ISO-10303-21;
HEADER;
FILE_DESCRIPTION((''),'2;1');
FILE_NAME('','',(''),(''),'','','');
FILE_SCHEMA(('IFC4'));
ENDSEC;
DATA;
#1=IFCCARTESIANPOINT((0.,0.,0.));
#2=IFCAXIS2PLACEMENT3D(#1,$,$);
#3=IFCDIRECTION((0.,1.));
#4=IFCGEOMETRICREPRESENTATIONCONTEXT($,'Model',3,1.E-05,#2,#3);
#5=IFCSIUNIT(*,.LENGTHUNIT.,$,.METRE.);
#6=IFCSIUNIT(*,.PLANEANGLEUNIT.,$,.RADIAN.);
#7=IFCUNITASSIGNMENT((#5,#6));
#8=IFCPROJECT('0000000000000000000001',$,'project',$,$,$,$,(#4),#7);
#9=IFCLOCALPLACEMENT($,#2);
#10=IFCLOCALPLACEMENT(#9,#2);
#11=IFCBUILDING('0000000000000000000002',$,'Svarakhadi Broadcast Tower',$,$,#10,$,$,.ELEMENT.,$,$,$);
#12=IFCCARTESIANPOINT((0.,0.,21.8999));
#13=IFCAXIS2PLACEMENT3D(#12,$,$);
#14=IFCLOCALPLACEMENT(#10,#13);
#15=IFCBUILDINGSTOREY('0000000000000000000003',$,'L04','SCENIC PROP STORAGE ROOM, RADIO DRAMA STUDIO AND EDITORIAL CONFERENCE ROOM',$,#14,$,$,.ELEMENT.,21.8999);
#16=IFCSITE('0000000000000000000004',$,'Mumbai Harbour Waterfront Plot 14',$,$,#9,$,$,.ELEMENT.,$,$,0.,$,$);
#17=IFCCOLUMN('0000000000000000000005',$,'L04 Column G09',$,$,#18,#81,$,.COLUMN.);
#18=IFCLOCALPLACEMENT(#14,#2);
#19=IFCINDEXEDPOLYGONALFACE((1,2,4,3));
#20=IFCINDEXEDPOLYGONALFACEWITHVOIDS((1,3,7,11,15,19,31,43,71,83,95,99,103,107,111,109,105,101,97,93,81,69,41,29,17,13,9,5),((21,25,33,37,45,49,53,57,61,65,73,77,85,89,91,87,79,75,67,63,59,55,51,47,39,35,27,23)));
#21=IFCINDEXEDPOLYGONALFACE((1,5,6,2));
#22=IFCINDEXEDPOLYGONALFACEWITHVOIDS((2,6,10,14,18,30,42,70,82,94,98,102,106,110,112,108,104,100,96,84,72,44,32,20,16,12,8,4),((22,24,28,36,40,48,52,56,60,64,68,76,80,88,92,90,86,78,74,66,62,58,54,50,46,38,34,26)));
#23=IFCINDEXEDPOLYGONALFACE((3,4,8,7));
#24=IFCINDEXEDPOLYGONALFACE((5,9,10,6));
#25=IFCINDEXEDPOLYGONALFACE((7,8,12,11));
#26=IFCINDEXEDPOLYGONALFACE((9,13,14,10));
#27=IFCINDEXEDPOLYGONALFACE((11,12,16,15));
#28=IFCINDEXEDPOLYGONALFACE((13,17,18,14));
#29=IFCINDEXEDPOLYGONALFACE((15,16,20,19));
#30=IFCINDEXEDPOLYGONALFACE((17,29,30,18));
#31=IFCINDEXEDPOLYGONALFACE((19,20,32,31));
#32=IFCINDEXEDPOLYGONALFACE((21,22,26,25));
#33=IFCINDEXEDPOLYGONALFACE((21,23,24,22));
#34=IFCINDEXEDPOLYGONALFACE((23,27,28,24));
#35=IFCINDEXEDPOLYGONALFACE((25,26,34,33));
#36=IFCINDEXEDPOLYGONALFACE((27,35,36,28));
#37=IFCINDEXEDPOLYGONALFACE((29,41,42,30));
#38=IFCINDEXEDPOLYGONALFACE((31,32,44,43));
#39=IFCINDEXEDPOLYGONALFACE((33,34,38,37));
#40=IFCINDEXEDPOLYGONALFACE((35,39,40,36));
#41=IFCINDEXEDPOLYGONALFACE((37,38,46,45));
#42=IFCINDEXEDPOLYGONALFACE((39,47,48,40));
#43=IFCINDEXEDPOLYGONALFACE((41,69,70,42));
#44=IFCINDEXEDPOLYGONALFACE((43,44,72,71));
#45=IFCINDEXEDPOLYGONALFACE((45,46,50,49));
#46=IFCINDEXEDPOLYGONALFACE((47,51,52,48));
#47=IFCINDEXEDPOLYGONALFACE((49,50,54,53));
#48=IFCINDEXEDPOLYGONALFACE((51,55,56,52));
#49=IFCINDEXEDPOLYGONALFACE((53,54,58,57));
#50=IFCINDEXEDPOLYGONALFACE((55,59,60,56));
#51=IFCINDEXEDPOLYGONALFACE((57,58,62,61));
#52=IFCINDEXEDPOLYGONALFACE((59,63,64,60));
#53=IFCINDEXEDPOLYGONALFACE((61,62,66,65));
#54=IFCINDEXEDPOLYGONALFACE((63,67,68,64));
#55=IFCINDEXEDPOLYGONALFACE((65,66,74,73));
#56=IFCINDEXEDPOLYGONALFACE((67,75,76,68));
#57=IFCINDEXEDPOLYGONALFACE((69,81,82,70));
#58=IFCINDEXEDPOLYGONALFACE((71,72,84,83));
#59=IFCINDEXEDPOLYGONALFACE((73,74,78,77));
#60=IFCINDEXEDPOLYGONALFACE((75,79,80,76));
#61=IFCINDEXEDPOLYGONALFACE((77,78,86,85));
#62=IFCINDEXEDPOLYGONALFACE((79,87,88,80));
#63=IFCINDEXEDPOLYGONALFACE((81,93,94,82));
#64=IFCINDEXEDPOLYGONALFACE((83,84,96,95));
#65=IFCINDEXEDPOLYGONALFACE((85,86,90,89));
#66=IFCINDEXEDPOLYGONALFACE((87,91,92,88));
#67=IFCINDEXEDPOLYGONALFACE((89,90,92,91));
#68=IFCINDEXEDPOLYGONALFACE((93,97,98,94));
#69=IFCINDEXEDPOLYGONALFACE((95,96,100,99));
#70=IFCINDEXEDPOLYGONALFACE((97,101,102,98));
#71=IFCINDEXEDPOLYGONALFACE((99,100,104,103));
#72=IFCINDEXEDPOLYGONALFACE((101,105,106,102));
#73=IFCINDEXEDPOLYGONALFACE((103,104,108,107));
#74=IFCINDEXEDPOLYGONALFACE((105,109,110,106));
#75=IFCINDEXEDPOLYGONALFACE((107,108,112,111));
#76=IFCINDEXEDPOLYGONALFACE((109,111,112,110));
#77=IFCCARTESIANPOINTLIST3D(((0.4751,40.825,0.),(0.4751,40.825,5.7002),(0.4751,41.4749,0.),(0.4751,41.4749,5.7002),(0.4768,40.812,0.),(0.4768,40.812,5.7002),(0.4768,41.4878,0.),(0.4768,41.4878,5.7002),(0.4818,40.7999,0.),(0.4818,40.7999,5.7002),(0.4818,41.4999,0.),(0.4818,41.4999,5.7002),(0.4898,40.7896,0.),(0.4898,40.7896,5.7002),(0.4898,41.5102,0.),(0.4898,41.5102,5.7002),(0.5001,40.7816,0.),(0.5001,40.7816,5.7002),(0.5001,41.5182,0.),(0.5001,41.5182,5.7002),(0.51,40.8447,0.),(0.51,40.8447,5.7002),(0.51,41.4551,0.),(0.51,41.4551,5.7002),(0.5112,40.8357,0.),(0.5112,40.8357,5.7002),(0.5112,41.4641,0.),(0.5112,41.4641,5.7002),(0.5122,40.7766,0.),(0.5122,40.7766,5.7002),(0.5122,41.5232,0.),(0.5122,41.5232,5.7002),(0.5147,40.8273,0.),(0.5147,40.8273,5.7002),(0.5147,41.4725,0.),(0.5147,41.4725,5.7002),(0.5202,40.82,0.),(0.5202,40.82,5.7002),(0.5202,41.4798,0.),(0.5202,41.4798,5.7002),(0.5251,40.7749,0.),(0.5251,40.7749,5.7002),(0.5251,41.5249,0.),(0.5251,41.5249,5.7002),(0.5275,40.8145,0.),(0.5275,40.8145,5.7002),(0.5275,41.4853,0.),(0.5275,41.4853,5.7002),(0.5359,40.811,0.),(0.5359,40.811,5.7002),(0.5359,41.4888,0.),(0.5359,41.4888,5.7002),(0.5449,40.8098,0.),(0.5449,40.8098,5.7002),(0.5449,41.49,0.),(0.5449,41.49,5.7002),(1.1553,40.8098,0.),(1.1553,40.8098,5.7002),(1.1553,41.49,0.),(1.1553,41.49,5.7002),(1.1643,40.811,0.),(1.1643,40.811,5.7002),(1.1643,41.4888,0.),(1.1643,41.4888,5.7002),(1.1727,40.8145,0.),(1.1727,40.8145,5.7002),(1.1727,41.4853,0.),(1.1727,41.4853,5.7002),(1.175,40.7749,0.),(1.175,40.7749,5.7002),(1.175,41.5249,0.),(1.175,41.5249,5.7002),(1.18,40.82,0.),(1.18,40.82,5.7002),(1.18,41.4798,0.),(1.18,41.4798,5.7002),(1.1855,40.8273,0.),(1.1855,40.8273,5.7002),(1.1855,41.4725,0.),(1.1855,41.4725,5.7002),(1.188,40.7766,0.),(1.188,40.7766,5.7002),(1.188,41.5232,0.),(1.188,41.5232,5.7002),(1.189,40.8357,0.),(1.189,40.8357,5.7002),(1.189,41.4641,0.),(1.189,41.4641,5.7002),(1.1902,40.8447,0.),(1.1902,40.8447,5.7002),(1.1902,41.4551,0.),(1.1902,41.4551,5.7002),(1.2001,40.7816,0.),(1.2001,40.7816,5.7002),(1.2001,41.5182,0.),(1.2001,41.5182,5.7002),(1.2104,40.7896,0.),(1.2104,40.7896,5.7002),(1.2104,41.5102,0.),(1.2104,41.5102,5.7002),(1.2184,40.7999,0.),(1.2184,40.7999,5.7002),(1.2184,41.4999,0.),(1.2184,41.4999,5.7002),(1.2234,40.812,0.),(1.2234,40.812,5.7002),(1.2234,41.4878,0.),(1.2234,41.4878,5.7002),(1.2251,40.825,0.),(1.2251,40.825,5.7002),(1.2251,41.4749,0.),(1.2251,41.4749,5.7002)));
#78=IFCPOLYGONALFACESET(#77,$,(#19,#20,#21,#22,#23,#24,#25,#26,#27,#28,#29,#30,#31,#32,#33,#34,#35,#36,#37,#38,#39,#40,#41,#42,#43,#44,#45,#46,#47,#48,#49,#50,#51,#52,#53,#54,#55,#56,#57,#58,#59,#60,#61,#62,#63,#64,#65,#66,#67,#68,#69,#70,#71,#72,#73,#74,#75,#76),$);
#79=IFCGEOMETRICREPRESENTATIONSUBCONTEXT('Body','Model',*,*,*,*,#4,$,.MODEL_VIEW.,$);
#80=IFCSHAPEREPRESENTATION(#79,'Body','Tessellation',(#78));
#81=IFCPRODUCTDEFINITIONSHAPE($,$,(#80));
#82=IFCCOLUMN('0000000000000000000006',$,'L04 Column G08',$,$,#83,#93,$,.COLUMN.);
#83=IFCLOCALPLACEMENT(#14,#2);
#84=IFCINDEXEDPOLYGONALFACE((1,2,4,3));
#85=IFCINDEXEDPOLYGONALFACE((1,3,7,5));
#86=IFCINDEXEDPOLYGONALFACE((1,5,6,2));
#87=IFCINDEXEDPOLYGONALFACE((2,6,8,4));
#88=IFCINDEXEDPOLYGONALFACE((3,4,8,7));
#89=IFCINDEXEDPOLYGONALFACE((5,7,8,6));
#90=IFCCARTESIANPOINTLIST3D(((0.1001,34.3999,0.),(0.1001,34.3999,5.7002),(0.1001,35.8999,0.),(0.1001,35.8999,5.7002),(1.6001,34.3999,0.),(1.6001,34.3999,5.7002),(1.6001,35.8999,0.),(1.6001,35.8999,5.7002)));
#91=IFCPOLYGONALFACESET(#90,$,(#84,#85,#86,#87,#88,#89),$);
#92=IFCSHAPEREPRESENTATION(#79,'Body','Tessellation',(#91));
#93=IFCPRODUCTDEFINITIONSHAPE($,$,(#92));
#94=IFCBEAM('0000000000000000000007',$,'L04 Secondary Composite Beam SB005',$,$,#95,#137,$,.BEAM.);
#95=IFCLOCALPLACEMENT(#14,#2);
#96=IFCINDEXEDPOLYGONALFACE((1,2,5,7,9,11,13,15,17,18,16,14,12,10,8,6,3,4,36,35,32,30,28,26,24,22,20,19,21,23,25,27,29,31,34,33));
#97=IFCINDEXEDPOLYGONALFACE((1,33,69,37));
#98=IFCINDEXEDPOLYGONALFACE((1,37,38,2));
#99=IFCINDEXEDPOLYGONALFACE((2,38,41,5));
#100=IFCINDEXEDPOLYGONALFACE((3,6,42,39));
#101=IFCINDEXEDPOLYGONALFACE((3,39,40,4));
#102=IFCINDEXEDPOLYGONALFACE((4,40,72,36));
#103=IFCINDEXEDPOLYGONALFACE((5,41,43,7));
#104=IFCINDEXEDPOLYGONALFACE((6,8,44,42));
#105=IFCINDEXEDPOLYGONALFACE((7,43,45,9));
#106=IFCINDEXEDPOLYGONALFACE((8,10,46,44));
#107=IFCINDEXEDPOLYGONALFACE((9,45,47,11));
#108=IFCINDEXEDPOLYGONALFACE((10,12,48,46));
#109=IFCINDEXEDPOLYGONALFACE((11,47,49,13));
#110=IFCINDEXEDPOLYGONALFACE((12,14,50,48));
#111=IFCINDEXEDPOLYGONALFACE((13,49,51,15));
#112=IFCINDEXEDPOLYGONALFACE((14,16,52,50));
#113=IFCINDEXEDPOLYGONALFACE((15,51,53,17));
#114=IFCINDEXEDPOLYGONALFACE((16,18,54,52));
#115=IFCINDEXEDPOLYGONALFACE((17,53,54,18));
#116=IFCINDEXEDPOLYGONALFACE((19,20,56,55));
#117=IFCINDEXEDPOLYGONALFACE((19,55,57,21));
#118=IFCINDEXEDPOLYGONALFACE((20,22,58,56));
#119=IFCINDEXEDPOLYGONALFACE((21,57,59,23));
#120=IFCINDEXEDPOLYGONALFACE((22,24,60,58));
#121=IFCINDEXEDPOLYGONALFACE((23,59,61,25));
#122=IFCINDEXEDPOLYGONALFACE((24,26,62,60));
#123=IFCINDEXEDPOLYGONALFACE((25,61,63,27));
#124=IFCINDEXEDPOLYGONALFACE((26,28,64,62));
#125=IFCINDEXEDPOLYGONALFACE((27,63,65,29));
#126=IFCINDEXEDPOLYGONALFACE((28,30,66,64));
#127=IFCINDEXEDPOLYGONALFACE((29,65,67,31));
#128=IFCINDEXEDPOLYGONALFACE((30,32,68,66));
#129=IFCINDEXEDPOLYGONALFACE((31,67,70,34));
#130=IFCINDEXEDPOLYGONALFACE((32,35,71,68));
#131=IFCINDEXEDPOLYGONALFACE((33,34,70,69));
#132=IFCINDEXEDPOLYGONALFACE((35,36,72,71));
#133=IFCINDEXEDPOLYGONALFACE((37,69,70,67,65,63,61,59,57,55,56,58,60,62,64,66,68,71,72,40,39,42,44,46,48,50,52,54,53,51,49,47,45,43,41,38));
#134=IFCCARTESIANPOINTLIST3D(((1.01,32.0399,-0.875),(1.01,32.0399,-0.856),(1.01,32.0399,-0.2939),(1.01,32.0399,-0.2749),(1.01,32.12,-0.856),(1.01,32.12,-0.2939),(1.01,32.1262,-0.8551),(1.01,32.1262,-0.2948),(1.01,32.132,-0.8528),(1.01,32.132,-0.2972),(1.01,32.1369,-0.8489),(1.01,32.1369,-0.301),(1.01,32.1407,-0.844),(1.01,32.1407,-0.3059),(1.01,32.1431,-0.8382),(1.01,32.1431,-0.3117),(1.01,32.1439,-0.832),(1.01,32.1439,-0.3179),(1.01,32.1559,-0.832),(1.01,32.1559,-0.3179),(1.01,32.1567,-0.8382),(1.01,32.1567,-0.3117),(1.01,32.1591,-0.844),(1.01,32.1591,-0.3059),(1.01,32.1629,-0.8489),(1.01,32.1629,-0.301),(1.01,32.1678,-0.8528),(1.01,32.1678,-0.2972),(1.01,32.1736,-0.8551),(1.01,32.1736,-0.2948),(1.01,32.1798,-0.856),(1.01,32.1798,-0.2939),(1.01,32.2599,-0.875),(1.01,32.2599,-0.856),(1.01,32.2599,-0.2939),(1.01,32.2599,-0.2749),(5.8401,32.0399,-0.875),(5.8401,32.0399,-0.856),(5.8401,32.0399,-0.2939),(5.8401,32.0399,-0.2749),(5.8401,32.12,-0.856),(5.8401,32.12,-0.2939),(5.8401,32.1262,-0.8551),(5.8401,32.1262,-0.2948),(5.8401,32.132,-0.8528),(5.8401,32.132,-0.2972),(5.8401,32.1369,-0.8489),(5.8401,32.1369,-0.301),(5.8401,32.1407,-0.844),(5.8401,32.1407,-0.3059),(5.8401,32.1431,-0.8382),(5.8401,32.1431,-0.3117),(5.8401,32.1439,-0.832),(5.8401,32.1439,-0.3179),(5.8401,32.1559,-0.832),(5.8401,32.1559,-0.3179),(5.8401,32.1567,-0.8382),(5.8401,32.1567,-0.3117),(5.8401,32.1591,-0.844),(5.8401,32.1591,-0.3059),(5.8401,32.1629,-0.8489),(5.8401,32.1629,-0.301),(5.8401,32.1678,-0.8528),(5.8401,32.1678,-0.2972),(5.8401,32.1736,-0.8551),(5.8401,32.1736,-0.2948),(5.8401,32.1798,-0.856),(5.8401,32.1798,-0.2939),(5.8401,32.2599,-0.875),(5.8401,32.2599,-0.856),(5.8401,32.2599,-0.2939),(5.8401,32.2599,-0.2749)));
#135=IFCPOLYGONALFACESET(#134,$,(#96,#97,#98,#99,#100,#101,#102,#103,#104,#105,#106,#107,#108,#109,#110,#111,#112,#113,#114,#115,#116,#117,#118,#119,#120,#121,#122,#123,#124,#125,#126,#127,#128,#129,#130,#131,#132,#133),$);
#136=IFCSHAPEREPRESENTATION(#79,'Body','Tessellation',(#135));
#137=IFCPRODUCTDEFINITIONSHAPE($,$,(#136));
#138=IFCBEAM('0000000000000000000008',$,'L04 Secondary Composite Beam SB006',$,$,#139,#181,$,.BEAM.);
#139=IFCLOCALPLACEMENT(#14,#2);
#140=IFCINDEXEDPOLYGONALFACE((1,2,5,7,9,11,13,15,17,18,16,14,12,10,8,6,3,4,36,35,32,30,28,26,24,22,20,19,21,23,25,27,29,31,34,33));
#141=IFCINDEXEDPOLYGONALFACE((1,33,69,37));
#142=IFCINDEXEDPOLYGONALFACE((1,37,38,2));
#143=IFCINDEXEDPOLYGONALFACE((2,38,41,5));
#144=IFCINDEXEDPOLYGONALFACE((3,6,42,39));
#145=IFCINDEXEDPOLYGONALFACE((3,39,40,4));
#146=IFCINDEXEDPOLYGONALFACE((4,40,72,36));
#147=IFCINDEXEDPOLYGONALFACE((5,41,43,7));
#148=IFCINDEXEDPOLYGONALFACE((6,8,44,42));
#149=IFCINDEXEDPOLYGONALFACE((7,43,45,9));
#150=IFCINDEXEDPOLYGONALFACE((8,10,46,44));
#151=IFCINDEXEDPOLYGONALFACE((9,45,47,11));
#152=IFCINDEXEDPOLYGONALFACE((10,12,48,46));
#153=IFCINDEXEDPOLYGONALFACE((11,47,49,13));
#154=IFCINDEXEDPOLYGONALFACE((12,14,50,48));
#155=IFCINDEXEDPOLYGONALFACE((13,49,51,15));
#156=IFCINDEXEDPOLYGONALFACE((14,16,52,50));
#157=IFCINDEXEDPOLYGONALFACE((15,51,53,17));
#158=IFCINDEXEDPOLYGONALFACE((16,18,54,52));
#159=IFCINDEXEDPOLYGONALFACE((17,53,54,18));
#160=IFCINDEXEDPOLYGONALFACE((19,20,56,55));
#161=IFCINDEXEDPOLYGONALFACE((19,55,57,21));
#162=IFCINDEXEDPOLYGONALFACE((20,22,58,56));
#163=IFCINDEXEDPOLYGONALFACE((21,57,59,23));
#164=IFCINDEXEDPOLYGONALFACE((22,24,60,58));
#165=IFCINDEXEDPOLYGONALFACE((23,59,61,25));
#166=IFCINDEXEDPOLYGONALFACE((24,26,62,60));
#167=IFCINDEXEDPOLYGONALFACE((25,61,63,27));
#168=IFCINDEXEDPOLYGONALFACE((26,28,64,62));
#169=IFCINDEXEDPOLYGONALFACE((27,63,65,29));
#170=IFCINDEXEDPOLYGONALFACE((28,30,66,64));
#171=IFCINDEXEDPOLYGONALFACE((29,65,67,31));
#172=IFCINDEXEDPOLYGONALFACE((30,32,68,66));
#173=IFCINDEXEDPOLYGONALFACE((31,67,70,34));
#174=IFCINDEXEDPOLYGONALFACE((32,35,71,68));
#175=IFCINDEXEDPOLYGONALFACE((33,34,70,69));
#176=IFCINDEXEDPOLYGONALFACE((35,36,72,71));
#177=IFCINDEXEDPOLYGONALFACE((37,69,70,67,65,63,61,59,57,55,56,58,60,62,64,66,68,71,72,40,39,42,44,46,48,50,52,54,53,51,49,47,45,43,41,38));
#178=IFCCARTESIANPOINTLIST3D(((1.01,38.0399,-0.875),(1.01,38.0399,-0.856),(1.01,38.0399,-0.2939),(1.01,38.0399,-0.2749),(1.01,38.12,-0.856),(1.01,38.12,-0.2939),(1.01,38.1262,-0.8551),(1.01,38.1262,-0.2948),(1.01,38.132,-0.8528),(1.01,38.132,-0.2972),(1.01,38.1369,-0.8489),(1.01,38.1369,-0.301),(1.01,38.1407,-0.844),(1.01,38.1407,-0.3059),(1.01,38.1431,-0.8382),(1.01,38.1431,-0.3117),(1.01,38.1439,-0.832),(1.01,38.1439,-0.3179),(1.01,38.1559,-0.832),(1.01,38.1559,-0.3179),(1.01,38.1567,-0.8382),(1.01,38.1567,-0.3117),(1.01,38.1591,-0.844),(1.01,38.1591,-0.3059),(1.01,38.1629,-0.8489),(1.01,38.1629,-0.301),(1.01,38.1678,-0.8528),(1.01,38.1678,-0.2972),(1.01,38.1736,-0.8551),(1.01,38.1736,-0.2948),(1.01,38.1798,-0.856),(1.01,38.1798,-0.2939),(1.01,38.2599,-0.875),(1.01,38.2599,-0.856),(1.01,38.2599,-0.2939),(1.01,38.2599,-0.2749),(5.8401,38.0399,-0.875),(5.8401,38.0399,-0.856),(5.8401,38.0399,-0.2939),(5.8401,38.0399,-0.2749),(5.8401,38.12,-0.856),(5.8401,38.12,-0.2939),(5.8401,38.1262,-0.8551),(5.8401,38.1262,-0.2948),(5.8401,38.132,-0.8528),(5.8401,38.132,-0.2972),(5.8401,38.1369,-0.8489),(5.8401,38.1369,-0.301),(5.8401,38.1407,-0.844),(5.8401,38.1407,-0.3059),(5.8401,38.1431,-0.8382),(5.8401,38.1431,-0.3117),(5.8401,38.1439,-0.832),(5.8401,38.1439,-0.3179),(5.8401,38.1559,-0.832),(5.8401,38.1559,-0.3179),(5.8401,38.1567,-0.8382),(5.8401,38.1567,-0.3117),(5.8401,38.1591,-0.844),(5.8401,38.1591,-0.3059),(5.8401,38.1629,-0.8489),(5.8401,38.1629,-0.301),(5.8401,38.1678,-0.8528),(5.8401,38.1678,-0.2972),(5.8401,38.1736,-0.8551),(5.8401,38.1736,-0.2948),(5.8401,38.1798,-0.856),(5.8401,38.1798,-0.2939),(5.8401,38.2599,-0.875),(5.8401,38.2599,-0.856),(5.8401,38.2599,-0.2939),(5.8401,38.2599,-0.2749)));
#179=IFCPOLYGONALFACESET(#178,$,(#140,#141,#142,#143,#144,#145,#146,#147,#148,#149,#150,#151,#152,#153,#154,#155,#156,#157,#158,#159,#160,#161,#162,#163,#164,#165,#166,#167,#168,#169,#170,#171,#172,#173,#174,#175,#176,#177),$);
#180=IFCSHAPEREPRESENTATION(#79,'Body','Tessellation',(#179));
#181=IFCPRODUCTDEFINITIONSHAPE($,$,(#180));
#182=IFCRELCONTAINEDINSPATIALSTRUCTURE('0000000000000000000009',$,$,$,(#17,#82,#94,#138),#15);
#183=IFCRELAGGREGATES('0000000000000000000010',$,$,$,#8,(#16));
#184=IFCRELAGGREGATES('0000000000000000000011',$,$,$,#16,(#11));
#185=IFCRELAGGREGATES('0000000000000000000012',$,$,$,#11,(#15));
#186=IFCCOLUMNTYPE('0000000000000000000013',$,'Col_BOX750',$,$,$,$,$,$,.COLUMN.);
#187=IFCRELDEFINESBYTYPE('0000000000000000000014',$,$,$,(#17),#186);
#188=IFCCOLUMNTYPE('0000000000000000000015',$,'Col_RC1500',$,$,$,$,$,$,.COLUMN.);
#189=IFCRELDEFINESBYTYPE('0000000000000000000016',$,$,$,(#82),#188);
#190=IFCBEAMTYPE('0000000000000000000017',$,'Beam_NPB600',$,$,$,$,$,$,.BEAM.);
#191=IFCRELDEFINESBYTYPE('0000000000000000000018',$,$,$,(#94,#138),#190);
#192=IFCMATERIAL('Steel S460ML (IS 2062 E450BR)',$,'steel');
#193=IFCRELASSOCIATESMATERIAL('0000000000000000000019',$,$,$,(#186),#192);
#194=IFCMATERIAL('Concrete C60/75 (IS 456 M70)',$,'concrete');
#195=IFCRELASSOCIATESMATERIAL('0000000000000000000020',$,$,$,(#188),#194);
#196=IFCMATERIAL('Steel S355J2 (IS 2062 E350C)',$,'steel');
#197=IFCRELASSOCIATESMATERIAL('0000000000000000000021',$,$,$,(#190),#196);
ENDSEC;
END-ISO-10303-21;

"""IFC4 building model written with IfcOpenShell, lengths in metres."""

from ifc_helpers import new_model, si_unit, direction, frame, origin, origin_2d, place, context, subcontext, project, spatial, rectangle, hollow_rectangle, i_section, extrude, material, material_profile, profile_set, type_object, element, save


model = new_model("IFC4")

# Units and contexts
model_context = context("Model", 3, precision=1e-05, world=origin(), true_north=direction((0.0, 1.0)))
body_context = subcontext(model_context, "Body", "Model", "MODEL_VIEW")
ifc_project = project(units=[si_unit("LENGTHUNIT", "METRE"), si_unit("PLANEANGLEUNIT", "RADIAN")], contexts=[model_context])

# Site, building, storey
site_placement = place(None, origin())
site = spatial("IfcSite", under=ifc_project, at=site_placement, Name="Mumbai Harbour Waterfront Plot 14", CompositionType="ELEMENT", RefElevation=0.0)
building_placement = place(site_placement, origin())
building = spatial("IfcBuilding", under=site, at=building_placement, Name="Svarakhadi Broadcast Tower", CompositionType="ELEMENT")
storey_placement = place(building_placement, frame((0.0, 0.0, 21.8999)))
storey = spatial("IfcBuildingStorey", under=building, at=storey_placement, Name="L04", Description="SCENIC PROP STORAGE ROOM, RADIO DRAMA STUDIO AND EDITORIAL CONFERENCE ROOM", CompositionType="ELEMENT", Elevation=21.8999)

# Columns
ifc_material_1 = material(Name="Steel S460ML (IS 2062 E450BR)", Category="steel")
ifc_material_profile_1 = material_profile(ifc_material_1, hollow_rectangle(XDim=0.75, YDim=0.75, WallThickness=0.0349, InnerFilletRadius=0.0349, OuterFilletRadius=0.05, at=origin_2d()), Name="BOX 750x750x35")
ifc_profile_set_1 = profile_set([ifc_material_profile_1], Name="Steel S460ML (IS 2062 E450BR)")
column_type_1 = type_object("IfcColumnType", Name="Col_BOX750", PredefinedType="COLUMN", material=ifc_profile_set_1)
column_1_placement = place(storey_placement, frame((0.8501, 41.1499, 0.0), z_axis=(0.0, 0.0, 1.0), x_axis=(1.0, 0.0, 0.0)))
element("IfcColumn", 1, at=column_1_placement, inside=storey, type_object=column_type_1, Name="L04 Column G09", PredefinedType="COLUMN", context=body_context, shape_type="SweptSolid", body=[
    extrude(hollow_rectangle(XDim=0.75, YDim=0.75, WallThickness=0.0349, InnerFilletRadius=0.0349, OuterFilletRadius=0.05, at=origin_2d()), origin(), (0.0, 0.0, 1.0), 5.7002),
])
ifc_material_2 = material(Name="Concrete C60/75 (IS 456 M70)", Category="concrete")
ifc_material_profile_2 = material_profile(ifc_material_2, rectangle(XDim=1.5, YDim=1.5, at=origin_2d()), Name="RC 1500x1500")
ifc_profile_set_2 = profile_set([ifc_material_profile_2], Name="Concrete C60/75 (IS 456 M70)")
column_type_2 = type_object("IfcColumnType", Name="Col_RC1500", PredefinedType="COLUMN", material=ifc_profile_set_2)
column_2_placement = place(storey_placement, frame((0.8501, 35.1499, 0.0), z_axis=(0.0, 0.0, 1.0), x_axis=(1.0, 0.0, 0.0)))
element("IfcColumn", 2, at=column_2_placement, inside=storey, type_object=column_type_2, Name="L04 Column G08", PredefinedType="COLUMN", context=body_context, shape_type="SweptSolid", body=[
    extrude(rectangle(XDim=1.5, YDim=1.5, at=origin_2d()), origin(), (0.0, 0.0, 1.0), 5.7002),
])

# Beams
ifc_material_3 = material(Name="Steel S355J2 (IS 2062 E350C)", Category="steel")
ifc_material_profile_3 = material_profile(ifc_material_3, i_section(OverallWidth=0.22, OverallDepth=0.6001, WebThickness=0.012, FlangeThickness=0.019, FilletRadius=0.0239, at=origin_2d()), Name="NPB 600x220x122")
ifc_profile_set_3 = profile_set([ifc_material_profile_3], Name="Steel S355J2 (IS 2062 E350C)")
beam_type_1 = type_object("IfcBeamType", Name="Beam_NPB600", PredefinedType="BEAM", material=ifc_profile_set_3)
for number, where, z_axis, x_axis, name in (
    (3, (1.01, 32.1499, -0.575), (1.0, 0.0, 0.0), (0.0, 1.0, 0.0), "L04 Secondary Composite Beam SB005"),
    (4, (1.01, 38.1499, -0.575), (1.0, 0.0, 0.0), (0.0, 1.0, 0.0), "L04 Secondary Composite Beam SB006"),
):
    element("IfcBeam", number, at=place(storey_placement, frame(where, z_axis=z_axis, x_axis=x_axis)), inside=storey, type_object=beam_type_1, Name=name, PredefinedType="BEAM", context=body_context, shape_type="SweptSolid", body=[
        extrude(i_section(OverallWidth=0.22, OverallDepth=0.6001, WebThickness=0.012, FlangeThickness=0.019, FilletRadius=0.0239, at=origin_2d()), origin(), (0.0, 0.0, 1.0), 4.8301),
    ])

save(model, "model.ifc")
